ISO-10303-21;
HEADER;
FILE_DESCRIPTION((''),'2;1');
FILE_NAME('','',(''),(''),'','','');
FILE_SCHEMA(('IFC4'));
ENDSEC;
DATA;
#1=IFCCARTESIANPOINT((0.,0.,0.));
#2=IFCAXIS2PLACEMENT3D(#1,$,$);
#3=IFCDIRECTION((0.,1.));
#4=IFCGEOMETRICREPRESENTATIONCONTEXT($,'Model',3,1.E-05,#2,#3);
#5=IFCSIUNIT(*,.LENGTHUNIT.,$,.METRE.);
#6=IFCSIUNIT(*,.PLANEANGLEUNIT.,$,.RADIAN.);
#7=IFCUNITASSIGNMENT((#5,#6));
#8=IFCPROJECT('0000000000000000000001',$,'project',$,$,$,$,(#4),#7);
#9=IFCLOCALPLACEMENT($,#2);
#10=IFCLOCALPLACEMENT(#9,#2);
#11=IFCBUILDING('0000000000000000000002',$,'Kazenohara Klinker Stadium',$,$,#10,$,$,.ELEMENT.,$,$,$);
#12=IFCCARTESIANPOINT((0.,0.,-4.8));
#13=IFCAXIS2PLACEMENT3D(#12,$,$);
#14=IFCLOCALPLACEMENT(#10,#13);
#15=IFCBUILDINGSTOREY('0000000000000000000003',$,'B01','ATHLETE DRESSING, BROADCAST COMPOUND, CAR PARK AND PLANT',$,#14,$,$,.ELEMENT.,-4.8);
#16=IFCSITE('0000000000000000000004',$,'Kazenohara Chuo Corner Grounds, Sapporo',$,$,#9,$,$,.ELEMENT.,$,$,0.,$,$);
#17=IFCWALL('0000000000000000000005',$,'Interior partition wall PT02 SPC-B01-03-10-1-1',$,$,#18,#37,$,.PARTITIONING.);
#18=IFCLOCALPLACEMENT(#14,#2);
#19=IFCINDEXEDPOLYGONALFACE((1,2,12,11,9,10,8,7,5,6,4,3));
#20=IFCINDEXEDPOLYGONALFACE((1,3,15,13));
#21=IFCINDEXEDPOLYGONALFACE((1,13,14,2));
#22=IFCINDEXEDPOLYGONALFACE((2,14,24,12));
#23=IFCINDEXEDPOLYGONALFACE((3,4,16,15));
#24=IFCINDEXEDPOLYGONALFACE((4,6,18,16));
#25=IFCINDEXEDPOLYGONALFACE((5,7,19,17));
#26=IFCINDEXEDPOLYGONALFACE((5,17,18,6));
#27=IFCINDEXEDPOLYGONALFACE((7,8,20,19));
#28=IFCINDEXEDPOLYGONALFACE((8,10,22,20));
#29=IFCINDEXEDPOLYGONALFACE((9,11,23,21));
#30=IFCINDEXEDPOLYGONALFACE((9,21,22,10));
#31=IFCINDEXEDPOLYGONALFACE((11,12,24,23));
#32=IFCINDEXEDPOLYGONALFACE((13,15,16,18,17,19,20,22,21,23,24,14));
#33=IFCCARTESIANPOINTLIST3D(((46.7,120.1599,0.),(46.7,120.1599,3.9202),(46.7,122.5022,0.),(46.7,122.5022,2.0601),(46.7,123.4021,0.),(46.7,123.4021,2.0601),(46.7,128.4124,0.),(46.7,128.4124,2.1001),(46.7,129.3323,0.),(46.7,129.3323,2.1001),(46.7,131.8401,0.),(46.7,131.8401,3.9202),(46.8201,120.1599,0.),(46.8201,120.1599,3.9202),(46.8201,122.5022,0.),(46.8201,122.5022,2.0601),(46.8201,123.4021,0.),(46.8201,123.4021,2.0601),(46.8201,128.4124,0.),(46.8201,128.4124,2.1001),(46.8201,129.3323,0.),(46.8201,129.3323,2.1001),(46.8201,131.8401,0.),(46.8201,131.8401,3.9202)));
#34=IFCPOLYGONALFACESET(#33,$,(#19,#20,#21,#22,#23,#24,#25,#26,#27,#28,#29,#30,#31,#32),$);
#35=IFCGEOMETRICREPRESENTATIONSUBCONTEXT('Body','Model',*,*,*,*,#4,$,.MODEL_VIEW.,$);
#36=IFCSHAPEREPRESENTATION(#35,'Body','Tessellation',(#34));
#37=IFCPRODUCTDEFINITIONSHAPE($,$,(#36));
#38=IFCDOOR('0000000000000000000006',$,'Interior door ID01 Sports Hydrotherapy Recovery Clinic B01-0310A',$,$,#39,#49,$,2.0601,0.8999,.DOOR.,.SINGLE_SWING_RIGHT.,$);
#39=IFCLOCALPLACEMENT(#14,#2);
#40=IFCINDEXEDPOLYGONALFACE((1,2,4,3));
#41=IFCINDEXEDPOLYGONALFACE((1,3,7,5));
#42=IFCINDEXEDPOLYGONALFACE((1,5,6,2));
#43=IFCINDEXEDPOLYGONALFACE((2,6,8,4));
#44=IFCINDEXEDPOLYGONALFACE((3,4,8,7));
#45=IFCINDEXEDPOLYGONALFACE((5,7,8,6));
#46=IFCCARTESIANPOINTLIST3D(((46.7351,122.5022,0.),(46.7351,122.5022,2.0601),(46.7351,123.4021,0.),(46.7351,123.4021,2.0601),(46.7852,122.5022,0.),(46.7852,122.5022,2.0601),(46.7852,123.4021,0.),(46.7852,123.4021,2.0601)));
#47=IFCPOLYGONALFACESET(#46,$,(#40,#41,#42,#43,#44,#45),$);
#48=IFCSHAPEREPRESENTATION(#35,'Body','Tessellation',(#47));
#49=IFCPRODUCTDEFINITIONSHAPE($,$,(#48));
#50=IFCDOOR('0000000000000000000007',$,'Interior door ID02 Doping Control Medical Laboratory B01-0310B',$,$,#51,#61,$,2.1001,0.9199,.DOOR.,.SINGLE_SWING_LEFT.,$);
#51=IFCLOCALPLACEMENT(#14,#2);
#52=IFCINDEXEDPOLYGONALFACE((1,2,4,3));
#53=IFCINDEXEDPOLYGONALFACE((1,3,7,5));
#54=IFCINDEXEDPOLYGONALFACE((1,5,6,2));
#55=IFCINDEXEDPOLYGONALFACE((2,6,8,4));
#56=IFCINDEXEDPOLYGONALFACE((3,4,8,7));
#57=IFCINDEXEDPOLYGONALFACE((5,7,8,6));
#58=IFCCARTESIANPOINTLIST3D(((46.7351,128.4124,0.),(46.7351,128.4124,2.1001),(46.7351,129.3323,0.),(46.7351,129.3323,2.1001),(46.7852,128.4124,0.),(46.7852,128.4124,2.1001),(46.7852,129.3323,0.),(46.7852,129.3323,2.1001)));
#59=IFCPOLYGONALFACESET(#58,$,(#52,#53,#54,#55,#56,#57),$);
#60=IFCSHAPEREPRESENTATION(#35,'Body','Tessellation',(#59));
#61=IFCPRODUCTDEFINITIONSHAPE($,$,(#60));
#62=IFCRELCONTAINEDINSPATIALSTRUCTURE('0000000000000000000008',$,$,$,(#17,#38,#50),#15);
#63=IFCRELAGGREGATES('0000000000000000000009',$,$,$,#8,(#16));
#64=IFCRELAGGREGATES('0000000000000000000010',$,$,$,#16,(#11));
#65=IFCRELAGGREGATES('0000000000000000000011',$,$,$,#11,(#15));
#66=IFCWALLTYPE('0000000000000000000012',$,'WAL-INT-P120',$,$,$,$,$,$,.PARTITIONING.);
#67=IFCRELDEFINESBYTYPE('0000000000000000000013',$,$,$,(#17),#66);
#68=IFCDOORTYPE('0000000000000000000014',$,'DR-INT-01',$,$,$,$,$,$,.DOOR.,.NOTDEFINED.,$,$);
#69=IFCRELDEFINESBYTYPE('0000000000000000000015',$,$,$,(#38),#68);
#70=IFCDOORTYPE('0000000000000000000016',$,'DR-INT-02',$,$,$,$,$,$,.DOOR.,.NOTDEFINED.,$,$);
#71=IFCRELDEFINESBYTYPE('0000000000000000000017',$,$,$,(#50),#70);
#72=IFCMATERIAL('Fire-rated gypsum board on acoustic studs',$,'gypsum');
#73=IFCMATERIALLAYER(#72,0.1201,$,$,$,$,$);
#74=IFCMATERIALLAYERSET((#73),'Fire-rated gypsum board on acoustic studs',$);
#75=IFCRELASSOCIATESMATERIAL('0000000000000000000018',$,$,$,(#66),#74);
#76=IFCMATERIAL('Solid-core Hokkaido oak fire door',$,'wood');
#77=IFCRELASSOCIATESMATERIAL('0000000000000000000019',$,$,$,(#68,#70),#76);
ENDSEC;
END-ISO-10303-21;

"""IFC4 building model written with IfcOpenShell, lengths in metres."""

from ifc_helpers import new_model, si_unit, direction, frame, frame_2d, origin, place, context, subcontext, project, spatial, rectangle, extrude, material, layer, layer_set, type_object, element, fill, save


model = new_model("IFC4")

# Units and contexts
model_context = context("Model", 3, precision=1e-05, world=origin(), true_north=direction((0.0, 1.0)))
body_context = subcontext(model_context, "Body", "Model", "MODEL_VIEW")
ifc_project = project(units=[si_unit("LENGTHUNIT", "METRE"), si_unit("PLANEANGLEUNIT", "RADIAN")], contexts=[model_context])

# Site, building, storey
site_placement = place(None, origin())
site = spatial("IfcSite", under=ifc_project, at=site_placement, Name="Kazenohara Chuo Corner Grounds, Sapporo", CompositionType="ELEMENT", RefElevation=0.0)
building_placement = place(site_placement, origin())
building = spatial("IfcBuilding", under=site, at=building_placement, Name="Kazenohara Klinker Stadium", CompositionType="ELEMENT")
storey_placement = place(building_placement, frame((0.0, 0.0, -4.8)))
storey = spatial("IfcBuildingStorey", under=building, at=storey_placement, Name="B01", Description="ATHLETE DRESSING, BROADCAST COMPOUND, CAR PARK AND PLANT", CompositionType="ELEMENT", Elevation=-4.8)

# Wall, openings, doors
ifc_material_1 = material(Name="Fire-rated gypsum board on acoustic studs", Category="gypsum")
ifc_layer_1 = layer(ifc_material_1, 0.1201)
ifc_layer_set_1 = layer_set([ifc_layer_1], Name="Fire-rated gypsum board on acoustic studs")
wall_type_1 = type_object("IfcWallType", Name="WAL-INT-P120", PredefinedType="PARTITIONING", material=ifc_layer_set_1)
wall_1_placement = place(storey_placement, frame((46.76, 120.1599, 0.0), z_axis=(0.0, 0.0, 1.0), x_axis=(0.0, 1.0, 0.0)))
wall_1 = element("IfcWall", 1, at=wall_1_placement, inside=storey, type_object=wall_type_1, Name="Interior partition wall PT02 SPC-B01-03-10-1-1", PredefinedType="PARTITIONING", context=body_context, shape_type="SweptSolid", body=[
    extrude(rectangle(XDim=11.6802, YDim=0.1201, at=frame_2d((5.8401, 0.0))), origin(), (0.0, 0.0, 1.0), 3.9202),
])
opening_1_placement = place(wall_1_placement, frame((2.3423, 0.0, 0.0)))
opening_1 = element("IfcOpeningElement", 2, at=opening_1_placement, cuts=wall_1, PredefinedType="OPENING", context=body_context, shape_type="SweptSolid", body=[
    extrude(rectangle(XDim=0.8999, YDim=2.0601, at=frame_2d((0.45, 1.03))), frame((0.0, 0.0701, 0.0), z_axis=(0.0, -1.0, 0.0), x_axis=(1.0, 0.0, 0.0)), (0.0, 0.0, 1.0), 0.1401),
])
opening_2_placement = place(wall_1_placement, frame((8.2524, 0.0, 0.0)))
opening_2 = element("IfcOpeningElement", 3, at=opening_2_placement, cuts=wall_1, PredefinedType="OPENING", context=body_context, shape_type="SweptSolid", body=[
    extrude(rectangle(XDim=0.9199, YDim=2.1001, at=frame_2d((0.46, 1.05))), frame((0.0, 0.0701, 0.0), z_axis=(0.0, -1.0, 0.0), x_axis=(1.0, 0.0, 0.0)), (0.0, 0.0, 1.0), 0.1401),
])
ifc_material_2 = material(Name="Solid-core Hokkaido oak fire door", Category="wood")
door_type_1 = type_object("IfcDoorType", Name="DR-INT-01", OperationType="NOTDEFINED", PredefinedType="DOOR", material=ifc_material_2)
door_1_placement = place(opening_1_placement, origin())
door_1 = element("IfcDoor", 4, at=door_1_placement, inside=storey, type_object=door_type_1, Name="Interior door ID01 Sports Hydrotherapy Recovery Clinic B01-0310A", OperationType="SINGLE_SWING_RIGHT", OverallHeight=2.0601, OverallWidth=0.8999, PredefinedType="DOOR", context=body_context, shape_type="SweptSolid", body=[
    extrude(rectangle(XDim=0.8999, YDim=2.0601, at=frame_2d((0.45, 1.03))), frame((0.0, 0.0249, 0.0), z_axis=(0.0, -1.0, 0.0), x_axis=(1.0, 0.0, 0.0)), (0.0, 0.0, 1.0), 0.05),
])
fill(opening_1, door_1)
door_type_2 = type_object("IfcDoorType", Name="DR-INT-02", OperationType="NOTDEFINED", PredefinedType="DOOR", material=ifc_material_2)
door_2_placement = place(opening_2_placement, origin())
door_2 = element("IfcDoor", 5, at=door_2_placement, inside=storey, type_object=door_type_2, Name="Interior door ID02 Doping Control Medical Laboratory B01-0310B", OperationType="SINGLE_SWING_LEFT", OverallHeight=2.1001, OverallWidth=0.9199, PredefinedType="DOOR", context=body_context, shape_type="SweptSolid", body=[
    extrude(rectangle(XDim=0.9199, YDim=2.1001, at=frame_2d((0.46, 1.05))), frame((0.0, 0.0249, 0.0), z_axis=(0.0, -1.0, 0.0), x_axis=(1.0, 0.0, 0.0)), (0.0, 0.0, 1.0), 0.05),
])
fill(opening_2, door_2)

save(model, "model.ifc")
